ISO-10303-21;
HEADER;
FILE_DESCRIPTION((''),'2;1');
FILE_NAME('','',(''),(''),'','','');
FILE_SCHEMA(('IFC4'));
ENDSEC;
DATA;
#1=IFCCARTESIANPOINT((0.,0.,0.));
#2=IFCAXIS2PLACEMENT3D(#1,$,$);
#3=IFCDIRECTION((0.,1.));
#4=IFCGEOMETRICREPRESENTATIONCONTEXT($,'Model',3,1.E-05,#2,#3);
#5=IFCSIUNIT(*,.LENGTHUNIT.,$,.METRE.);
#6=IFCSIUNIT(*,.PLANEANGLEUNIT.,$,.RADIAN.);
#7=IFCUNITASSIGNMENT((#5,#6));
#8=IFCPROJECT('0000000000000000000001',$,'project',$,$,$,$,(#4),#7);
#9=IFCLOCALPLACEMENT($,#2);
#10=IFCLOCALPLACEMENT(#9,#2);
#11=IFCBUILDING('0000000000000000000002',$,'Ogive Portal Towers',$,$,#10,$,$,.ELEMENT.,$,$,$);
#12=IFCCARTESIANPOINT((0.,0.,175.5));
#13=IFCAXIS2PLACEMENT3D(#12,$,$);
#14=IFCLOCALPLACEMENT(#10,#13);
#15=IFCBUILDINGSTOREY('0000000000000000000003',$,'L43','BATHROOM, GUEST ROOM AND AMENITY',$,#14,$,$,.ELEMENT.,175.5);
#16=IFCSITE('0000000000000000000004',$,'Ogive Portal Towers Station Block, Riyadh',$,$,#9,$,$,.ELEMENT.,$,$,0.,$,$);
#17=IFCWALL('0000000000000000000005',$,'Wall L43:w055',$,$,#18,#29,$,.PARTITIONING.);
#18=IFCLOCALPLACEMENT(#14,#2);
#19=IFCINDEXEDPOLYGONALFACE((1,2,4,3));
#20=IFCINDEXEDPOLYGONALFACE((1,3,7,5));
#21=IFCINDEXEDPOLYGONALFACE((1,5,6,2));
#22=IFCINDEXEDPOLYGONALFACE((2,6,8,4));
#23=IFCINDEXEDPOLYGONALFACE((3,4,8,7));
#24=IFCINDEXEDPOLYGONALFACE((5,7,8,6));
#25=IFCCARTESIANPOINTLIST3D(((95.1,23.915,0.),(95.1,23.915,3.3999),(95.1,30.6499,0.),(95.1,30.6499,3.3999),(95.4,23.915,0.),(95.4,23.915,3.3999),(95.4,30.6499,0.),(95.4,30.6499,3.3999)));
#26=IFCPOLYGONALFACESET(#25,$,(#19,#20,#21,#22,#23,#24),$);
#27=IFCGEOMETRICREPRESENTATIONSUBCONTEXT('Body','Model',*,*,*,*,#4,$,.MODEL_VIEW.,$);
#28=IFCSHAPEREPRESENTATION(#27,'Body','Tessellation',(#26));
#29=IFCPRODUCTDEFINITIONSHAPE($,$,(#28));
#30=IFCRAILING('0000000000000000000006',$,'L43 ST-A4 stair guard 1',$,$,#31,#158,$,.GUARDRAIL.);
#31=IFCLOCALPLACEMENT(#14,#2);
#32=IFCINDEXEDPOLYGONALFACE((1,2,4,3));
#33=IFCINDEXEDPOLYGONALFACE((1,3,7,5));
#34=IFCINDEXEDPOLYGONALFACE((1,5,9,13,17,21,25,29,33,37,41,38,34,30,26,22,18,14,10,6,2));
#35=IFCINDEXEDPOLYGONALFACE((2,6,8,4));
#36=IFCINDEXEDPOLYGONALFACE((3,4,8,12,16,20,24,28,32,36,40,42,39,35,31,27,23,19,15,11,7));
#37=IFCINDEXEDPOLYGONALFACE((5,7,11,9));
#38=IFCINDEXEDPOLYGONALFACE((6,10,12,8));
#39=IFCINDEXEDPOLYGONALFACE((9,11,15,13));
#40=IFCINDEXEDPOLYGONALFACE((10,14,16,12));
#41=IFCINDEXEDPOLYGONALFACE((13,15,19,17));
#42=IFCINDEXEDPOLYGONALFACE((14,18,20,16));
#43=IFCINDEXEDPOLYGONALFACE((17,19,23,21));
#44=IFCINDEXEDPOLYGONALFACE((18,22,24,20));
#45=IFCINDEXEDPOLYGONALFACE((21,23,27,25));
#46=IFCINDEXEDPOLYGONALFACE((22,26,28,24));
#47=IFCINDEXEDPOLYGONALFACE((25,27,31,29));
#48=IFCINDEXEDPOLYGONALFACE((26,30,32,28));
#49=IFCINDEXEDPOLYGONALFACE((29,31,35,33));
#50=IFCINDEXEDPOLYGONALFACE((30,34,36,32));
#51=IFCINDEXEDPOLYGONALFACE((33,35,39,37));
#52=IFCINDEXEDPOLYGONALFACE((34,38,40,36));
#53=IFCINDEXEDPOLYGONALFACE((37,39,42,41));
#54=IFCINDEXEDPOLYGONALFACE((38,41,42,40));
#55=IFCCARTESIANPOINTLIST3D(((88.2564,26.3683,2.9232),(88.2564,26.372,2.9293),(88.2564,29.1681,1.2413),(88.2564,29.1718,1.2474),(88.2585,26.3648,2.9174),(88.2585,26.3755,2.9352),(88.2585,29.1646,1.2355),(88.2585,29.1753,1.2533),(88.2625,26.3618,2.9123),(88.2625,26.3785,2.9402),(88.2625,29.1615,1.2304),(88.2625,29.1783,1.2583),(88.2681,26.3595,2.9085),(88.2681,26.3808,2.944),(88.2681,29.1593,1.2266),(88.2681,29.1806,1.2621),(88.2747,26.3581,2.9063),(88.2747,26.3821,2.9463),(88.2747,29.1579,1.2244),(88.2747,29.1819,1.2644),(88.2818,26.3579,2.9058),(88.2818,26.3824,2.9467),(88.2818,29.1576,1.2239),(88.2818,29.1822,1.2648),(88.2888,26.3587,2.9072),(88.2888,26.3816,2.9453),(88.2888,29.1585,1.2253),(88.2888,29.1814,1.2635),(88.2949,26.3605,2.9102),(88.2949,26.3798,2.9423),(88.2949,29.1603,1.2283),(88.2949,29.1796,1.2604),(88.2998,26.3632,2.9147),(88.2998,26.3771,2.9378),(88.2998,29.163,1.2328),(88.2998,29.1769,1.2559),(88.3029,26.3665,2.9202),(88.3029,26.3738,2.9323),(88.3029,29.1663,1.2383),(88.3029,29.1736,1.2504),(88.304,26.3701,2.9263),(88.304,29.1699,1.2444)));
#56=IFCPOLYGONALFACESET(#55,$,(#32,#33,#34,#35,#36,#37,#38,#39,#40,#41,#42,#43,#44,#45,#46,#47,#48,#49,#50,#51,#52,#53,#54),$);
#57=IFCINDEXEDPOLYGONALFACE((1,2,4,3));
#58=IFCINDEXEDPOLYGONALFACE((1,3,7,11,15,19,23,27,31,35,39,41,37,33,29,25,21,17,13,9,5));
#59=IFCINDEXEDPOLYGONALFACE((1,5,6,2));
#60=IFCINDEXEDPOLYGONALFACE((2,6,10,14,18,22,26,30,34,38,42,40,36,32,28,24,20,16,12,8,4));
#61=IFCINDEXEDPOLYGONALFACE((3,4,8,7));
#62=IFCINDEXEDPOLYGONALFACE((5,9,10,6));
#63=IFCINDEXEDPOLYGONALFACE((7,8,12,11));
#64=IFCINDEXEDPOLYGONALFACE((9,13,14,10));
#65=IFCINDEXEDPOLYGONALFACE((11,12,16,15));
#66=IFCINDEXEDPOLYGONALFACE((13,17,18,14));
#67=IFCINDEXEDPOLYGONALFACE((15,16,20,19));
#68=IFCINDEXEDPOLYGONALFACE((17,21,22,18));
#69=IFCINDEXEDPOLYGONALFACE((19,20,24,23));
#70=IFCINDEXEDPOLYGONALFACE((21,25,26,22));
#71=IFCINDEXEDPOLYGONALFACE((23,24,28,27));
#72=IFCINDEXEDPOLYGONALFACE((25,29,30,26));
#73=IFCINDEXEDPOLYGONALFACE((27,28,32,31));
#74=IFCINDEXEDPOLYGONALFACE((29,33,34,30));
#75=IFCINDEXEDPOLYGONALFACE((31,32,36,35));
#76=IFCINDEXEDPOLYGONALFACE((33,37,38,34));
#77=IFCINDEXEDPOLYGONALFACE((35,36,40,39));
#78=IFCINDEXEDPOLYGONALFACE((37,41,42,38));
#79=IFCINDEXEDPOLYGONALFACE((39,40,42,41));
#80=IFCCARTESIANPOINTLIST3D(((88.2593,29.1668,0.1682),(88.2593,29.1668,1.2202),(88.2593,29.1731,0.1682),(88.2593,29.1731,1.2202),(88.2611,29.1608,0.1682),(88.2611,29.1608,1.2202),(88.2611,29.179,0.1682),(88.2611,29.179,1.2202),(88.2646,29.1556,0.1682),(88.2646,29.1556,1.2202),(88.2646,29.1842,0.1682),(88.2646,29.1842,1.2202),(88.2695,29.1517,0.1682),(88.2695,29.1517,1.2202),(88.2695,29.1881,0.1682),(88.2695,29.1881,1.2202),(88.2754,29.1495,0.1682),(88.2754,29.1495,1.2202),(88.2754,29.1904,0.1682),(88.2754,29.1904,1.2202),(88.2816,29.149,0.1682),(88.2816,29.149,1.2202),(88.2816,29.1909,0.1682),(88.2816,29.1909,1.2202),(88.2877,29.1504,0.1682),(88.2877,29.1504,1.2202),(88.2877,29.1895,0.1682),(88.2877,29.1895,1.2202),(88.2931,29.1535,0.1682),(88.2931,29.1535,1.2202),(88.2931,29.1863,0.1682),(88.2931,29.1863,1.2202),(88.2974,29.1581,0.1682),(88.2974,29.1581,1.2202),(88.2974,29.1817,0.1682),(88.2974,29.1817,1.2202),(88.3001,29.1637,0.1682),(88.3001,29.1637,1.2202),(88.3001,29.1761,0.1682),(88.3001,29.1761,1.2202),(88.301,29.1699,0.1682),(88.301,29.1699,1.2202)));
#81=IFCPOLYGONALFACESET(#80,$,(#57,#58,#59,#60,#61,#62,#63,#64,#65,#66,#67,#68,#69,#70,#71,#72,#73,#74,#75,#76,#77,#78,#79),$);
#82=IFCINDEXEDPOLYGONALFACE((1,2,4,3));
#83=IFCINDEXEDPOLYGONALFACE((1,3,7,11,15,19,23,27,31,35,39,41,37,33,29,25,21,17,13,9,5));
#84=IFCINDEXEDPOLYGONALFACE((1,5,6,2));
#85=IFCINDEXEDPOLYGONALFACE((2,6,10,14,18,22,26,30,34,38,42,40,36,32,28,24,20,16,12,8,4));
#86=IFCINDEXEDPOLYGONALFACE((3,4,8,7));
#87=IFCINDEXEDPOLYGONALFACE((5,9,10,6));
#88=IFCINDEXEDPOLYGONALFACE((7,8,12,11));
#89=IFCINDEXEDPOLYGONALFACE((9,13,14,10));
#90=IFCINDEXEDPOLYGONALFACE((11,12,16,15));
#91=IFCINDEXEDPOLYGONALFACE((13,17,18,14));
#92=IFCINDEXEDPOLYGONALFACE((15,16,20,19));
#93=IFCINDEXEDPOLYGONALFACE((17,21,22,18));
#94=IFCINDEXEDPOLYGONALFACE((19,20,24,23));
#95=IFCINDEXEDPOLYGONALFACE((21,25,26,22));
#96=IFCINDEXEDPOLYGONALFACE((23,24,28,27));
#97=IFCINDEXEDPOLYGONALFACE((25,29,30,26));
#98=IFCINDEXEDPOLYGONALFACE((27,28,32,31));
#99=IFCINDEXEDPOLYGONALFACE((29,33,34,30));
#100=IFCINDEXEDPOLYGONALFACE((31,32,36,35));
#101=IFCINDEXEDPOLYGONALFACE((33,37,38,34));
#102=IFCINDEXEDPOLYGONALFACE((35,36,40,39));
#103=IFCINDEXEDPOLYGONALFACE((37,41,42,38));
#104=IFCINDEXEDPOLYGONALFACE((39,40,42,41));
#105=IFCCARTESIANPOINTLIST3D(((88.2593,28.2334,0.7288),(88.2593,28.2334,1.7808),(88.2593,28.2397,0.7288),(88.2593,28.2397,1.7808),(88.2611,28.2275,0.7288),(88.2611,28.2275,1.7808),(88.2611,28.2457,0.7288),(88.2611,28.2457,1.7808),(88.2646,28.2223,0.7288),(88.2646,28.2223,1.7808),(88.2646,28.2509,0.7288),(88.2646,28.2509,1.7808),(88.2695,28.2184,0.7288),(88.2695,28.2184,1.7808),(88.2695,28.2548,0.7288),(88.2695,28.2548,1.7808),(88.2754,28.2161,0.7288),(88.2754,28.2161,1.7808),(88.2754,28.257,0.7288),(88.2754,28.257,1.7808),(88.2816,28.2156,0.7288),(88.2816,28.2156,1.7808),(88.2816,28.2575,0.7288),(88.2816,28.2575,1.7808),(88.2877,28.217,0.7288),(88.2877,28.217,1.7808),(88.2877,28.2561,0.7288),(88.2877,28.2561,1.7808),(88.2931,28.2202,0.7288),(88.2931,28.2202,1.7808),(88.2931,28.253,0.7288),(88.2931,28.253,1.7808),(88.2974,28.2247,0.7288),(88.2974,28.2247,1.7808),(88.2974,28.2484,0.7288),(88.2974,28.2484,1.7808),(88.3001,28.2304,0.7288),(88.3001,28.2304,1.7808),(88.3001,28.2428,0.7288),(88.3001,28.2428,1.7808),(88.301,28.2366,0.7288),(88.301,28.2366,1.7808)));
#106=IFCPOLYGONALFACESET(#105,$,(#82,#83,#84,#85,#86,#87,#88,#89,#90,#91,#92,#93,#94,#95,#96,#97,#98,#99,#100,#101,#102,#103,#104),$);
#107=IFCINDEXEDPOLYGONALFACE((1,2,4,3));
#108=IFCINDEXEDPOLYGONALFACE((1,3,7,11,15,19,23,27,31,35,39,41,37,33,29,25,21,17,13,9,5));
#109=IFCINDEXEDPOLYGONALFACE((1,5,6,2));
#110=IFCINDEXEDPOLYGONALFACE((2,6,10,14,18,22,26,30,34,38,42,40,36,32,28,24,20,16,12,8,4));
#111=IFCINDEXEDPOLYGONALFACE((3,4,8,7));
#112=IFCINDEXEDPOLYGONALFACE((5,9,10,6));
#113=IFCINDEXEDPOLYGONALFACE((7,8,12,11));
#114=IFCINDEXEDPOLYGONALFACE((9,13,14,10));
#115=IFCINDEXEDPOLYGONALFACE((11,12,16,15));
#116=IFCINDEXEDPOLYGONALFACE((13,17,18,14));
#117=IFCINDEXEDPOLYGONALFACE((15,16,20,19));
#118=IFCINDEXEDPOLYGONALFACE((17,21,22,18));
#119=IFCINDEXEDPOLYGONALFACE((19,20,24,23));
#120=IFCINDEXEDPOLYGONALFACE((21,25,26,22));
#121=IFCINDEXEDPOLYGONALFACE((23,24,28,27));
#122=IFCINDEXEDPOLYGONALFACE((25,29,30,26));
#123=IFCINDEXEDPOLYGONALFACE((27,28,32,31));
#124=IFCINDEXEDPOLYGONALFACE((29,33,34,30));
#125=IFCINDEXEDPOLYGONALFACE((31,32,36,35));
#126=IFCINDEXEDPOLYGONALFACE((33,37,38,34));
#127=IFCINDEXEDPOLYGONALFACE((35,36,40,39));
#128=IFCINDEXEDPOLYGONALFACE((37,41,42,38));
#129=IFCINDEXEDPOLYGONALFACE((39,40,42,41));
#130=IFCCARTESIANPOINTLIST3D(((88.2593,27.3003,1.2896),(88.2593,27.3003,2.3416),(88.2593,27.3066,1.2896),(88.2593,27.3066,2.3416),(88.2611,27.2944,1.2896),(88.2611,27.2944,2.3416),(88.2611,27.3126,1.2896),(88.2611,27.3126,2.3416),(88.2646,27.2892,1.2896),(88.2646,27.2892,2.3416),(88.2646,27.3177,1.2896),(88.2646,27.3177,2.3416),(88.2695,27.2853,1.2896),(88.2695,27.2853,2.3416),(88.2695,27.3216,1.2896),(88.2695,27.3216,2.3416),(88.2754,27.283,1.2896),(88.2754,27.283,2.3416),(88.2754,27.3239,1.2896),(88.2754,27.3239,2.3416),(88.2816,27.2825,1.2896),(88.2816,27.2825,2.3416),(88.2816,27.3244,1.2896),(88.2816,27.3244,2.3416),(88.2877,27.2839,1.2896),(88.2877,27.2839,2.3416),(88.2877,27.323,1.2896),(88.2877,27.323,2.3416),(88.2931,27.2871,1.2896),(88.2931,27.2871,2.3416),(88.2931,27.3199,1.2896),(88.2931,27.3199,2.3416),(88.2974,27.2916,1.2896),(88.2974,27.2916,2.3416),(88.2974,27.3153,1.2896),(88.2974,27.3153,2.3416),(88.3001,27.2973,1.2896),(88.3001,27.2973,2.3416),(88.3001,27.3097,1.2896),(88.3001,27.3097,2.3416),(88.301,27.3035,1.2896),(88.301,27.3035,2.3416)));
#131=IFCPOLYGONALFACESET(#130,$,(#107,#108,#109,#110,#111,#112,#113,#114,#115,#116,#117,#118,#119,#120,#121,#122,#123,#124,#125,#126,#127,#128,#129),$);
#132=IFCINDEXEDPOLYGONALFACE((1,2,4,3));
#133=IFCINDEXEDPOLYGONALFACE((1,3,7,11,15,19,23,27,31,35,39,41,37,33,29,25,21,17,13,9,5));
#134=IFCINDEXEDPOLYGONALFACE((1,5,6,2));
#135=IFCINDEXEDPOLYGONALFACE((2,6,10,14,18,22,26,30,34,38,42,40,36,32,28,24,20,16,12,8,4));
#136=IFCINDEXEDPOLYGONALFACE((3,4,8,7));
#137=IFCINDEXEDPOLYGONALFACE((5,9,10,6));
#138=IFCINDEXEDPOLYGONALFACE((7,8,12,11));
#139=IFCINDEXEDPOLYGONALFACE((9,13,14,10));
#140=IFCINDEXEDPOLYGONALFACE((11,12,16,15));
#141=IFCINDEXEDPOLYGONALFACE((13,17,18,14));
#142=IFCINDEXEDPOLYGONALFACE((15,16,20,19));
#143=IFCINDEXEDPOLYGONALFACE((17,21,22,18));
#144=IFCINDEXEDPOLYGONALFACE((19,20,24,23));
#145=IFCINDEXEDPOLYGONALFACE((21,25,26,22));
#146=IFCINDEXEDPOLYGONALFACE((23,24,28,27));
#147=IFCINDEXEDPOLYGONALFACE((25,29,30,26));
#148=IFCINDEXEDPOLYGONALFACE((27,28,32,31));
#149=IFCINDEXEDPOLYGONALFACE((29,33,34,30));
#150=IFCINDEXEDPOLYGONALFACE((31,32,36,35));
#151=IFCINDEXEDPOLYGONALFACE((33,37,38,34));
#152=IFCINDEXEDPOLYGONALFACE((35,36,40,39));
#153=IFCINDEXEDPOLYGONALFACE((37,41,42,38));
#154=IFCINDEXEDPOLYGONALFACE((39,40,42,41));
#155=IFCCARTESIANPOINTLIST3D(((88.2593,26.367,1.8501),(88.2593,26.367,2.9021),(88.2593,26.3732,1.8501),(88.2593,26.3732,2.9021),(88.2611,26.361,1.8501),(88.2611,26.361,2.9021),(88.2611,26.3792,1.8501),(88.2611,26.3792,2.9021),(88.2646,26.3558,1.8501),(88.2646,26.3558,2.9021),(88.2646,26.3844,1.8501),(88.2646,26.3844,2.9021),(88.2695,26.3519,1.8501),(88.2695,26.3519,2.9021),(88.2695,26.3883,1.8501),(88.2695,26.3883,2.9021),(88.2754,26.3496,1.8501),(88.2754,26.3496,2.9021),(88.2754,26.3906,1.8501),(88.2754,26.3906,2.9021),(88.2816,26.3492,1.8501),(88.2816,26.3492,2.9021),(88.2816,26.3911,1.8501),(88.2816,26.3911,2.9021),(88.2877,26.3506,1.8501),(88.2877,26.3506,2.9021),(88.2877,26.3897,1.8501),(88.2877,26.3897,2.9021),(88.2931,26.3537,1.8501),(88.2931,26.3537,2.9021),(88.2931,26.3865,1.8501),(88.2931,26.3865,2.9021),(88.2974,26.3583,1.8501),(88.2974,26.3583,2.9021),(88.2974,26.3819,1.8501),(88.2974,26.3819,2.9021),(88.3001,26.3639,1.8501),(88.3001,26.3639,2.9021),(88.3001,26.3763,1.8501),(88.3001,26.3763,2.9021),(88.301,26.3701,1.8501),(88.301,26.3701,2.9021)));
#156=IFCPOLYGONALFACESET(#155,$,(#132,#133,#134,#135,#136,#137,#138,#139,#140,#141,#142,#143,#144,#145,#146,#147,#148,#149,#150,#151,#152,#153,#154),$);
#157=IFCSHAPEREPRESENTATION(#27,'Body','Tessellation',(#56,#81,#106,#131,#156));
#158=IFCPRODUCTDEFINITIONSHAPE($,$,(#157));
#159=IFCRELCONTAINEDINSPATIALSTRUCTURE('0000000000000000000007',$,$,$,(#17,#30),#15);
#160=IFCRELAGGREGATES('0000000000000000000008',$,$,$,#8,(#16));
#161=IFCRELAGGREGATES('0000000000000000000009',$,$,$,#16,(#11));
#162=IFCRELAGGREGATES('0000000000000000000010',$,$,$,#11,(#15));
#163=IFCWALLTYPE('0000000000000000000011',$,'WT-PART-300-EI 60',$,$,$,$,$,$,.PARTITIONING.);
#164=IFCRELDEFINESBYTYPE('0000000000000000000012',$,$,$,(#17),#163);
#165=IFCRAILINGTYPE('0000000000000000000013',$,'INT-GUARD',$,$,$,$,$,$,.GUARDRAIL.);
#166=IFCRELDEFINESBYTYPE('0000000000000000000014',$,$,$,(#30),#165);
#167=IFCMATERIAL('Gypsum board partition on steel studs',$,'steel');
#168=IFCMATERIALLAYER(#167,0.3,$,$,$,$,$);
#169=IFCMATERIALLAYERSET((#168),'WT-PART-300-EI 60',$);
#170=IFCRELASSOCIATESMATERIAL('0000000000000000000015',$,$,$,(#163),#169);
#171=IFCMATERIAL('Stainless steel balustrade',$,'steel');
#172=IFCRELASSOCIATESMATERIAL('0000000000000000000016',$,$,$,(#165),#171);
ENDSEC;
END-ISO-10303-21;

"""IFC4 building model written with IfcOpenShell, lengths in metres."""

from ifc_helpers import new_model, si_unit, direction, frame, frame_2d, origin, origin_2d, place, context, subcontext, project, spatial, rectangle, circle, extrude, material, layer, layer_set, type_object, element, save


model = new_model("IFC4")

# Units and contexts
model_context = context("Model", 3, precision=1e-05, world=origin(), true_north=direction((0.0, 1.0)))
body_context = subcontext(model_context, "Body", "Model", "MODEL_VIEW")
ifc_project = project(units=[si_unit("LENGTHUNIT", "METRE"), si_unit("PLANEANGLEUNIT", "RADIAN")], contexts=[model_context])

# Site, building, storey
site_placement = place(None, origin())
site = spatial("IfcSite", under=ifc_project, at=site_placement, Name="Ogive Portal Towers Station Block, Riyadh", CompositionType="ELEMENT", RefElevation=0.0)
building_placement = place(site_placement, origin())
building = spatial("IfcBuilding", under=site, at=building_placement, Name="Ogive Portal Towers", CompositionType="ELEMENT")
storey_placement = place(building_placement, frame((0.0, 0.0, 175.5)))
storey = spatial("IfcBuildingStorey", under=building, at=storey_placement, Name="L43", Description="BATHROOM, GUEST ROOM AND AMENITY", CompositionType="ELEMENT", Elevation=175.5)

# Wall
ifc_material_1 = material(Name="Gypsum board partition on steel studs", Category="steel")
ifc_layer_1 = layer(ifc_material_1, 0.3)
ifc_layer_set_1 = layer_set([ifc_layer_1], Name="WT-PART-300-EI 60")
wall_type_1 = type_object("IfcWallType", Name="WT-PART-300-EI 60", PredefinedType="PARTITIONING", material=ifc_layer_set_1)
wall_1_placement = place(storey_placement, frame((95.25, 23.915, 0.0), z_axis=(0.0, 0.0, 1.0), x_axis=(0.0, 1.0, 0.0)))
element("IfcWall", 1, at=wall_1_placement, inside=storey, type_object=wall_type_1, Name="Wall L43:w055", PredefinedType="PARTITIONING", context=body_context, shape_type="SweptSolid", body=[
    extrude(rectangle(XDim=6.7349, YDim=0.3, at=frame_2d((3.3674, 0.0))), origin(), (0.0, 0.0, 1.0), 3.3999),
])

# Railing
ifc_material_2 = material(Name="Stainless steel balustrade", Category="steel")
railing_type_1 = type_object("IfcRailingType", Name="INT-GUARD", PredefinedType="GUARDRAIL", material=ifc_material_2)
railing_1_placement = place(storey_placement, frame((88.28, 29.1699, 0.1682)))
element("IfcRailing", 2, at=railing_1_placement, inside=storey, type_object=railing_type_1, Name="L43 ST-A4 stair guard 1", PredefinedType="GUARDRAIL", context=body_context, shape_type="SweptSolid", body=[
    extrude(circle(Radius=0.0239, at=origin_2d()), frame((0.0, 0.0, 1.0762), z_axis=(0.0, -0.857222, 0.514946), x_axis=(1.0, 0.0, 0.0)), (0.0, 0.0, 1.0), 3.2661),
    extrude(circle(Radius=0.021, at=origin_2d()), origin(), (0.0, 0.0, 1.0), 1.052),
    extrude(circle(Radius=0.021, at=origin_2d()), frame((0.0, -0.9333, 0.5605)), (0.0, 0.0, 1.0), 1.052),
    extrude(circle(Radius=0.021, at=origin_2d()), frame((0.0, -1.8665, 1.1213)), (0.0, 0.0, 1.0), 1.052),
    extrude(circle(Radius=0.021, at=origin_2d()), frame((0.0, -2.7998, 1.6819)), (0.0, 0.0, 1.0), 1.052),
])

save(model, "model.ifc")
